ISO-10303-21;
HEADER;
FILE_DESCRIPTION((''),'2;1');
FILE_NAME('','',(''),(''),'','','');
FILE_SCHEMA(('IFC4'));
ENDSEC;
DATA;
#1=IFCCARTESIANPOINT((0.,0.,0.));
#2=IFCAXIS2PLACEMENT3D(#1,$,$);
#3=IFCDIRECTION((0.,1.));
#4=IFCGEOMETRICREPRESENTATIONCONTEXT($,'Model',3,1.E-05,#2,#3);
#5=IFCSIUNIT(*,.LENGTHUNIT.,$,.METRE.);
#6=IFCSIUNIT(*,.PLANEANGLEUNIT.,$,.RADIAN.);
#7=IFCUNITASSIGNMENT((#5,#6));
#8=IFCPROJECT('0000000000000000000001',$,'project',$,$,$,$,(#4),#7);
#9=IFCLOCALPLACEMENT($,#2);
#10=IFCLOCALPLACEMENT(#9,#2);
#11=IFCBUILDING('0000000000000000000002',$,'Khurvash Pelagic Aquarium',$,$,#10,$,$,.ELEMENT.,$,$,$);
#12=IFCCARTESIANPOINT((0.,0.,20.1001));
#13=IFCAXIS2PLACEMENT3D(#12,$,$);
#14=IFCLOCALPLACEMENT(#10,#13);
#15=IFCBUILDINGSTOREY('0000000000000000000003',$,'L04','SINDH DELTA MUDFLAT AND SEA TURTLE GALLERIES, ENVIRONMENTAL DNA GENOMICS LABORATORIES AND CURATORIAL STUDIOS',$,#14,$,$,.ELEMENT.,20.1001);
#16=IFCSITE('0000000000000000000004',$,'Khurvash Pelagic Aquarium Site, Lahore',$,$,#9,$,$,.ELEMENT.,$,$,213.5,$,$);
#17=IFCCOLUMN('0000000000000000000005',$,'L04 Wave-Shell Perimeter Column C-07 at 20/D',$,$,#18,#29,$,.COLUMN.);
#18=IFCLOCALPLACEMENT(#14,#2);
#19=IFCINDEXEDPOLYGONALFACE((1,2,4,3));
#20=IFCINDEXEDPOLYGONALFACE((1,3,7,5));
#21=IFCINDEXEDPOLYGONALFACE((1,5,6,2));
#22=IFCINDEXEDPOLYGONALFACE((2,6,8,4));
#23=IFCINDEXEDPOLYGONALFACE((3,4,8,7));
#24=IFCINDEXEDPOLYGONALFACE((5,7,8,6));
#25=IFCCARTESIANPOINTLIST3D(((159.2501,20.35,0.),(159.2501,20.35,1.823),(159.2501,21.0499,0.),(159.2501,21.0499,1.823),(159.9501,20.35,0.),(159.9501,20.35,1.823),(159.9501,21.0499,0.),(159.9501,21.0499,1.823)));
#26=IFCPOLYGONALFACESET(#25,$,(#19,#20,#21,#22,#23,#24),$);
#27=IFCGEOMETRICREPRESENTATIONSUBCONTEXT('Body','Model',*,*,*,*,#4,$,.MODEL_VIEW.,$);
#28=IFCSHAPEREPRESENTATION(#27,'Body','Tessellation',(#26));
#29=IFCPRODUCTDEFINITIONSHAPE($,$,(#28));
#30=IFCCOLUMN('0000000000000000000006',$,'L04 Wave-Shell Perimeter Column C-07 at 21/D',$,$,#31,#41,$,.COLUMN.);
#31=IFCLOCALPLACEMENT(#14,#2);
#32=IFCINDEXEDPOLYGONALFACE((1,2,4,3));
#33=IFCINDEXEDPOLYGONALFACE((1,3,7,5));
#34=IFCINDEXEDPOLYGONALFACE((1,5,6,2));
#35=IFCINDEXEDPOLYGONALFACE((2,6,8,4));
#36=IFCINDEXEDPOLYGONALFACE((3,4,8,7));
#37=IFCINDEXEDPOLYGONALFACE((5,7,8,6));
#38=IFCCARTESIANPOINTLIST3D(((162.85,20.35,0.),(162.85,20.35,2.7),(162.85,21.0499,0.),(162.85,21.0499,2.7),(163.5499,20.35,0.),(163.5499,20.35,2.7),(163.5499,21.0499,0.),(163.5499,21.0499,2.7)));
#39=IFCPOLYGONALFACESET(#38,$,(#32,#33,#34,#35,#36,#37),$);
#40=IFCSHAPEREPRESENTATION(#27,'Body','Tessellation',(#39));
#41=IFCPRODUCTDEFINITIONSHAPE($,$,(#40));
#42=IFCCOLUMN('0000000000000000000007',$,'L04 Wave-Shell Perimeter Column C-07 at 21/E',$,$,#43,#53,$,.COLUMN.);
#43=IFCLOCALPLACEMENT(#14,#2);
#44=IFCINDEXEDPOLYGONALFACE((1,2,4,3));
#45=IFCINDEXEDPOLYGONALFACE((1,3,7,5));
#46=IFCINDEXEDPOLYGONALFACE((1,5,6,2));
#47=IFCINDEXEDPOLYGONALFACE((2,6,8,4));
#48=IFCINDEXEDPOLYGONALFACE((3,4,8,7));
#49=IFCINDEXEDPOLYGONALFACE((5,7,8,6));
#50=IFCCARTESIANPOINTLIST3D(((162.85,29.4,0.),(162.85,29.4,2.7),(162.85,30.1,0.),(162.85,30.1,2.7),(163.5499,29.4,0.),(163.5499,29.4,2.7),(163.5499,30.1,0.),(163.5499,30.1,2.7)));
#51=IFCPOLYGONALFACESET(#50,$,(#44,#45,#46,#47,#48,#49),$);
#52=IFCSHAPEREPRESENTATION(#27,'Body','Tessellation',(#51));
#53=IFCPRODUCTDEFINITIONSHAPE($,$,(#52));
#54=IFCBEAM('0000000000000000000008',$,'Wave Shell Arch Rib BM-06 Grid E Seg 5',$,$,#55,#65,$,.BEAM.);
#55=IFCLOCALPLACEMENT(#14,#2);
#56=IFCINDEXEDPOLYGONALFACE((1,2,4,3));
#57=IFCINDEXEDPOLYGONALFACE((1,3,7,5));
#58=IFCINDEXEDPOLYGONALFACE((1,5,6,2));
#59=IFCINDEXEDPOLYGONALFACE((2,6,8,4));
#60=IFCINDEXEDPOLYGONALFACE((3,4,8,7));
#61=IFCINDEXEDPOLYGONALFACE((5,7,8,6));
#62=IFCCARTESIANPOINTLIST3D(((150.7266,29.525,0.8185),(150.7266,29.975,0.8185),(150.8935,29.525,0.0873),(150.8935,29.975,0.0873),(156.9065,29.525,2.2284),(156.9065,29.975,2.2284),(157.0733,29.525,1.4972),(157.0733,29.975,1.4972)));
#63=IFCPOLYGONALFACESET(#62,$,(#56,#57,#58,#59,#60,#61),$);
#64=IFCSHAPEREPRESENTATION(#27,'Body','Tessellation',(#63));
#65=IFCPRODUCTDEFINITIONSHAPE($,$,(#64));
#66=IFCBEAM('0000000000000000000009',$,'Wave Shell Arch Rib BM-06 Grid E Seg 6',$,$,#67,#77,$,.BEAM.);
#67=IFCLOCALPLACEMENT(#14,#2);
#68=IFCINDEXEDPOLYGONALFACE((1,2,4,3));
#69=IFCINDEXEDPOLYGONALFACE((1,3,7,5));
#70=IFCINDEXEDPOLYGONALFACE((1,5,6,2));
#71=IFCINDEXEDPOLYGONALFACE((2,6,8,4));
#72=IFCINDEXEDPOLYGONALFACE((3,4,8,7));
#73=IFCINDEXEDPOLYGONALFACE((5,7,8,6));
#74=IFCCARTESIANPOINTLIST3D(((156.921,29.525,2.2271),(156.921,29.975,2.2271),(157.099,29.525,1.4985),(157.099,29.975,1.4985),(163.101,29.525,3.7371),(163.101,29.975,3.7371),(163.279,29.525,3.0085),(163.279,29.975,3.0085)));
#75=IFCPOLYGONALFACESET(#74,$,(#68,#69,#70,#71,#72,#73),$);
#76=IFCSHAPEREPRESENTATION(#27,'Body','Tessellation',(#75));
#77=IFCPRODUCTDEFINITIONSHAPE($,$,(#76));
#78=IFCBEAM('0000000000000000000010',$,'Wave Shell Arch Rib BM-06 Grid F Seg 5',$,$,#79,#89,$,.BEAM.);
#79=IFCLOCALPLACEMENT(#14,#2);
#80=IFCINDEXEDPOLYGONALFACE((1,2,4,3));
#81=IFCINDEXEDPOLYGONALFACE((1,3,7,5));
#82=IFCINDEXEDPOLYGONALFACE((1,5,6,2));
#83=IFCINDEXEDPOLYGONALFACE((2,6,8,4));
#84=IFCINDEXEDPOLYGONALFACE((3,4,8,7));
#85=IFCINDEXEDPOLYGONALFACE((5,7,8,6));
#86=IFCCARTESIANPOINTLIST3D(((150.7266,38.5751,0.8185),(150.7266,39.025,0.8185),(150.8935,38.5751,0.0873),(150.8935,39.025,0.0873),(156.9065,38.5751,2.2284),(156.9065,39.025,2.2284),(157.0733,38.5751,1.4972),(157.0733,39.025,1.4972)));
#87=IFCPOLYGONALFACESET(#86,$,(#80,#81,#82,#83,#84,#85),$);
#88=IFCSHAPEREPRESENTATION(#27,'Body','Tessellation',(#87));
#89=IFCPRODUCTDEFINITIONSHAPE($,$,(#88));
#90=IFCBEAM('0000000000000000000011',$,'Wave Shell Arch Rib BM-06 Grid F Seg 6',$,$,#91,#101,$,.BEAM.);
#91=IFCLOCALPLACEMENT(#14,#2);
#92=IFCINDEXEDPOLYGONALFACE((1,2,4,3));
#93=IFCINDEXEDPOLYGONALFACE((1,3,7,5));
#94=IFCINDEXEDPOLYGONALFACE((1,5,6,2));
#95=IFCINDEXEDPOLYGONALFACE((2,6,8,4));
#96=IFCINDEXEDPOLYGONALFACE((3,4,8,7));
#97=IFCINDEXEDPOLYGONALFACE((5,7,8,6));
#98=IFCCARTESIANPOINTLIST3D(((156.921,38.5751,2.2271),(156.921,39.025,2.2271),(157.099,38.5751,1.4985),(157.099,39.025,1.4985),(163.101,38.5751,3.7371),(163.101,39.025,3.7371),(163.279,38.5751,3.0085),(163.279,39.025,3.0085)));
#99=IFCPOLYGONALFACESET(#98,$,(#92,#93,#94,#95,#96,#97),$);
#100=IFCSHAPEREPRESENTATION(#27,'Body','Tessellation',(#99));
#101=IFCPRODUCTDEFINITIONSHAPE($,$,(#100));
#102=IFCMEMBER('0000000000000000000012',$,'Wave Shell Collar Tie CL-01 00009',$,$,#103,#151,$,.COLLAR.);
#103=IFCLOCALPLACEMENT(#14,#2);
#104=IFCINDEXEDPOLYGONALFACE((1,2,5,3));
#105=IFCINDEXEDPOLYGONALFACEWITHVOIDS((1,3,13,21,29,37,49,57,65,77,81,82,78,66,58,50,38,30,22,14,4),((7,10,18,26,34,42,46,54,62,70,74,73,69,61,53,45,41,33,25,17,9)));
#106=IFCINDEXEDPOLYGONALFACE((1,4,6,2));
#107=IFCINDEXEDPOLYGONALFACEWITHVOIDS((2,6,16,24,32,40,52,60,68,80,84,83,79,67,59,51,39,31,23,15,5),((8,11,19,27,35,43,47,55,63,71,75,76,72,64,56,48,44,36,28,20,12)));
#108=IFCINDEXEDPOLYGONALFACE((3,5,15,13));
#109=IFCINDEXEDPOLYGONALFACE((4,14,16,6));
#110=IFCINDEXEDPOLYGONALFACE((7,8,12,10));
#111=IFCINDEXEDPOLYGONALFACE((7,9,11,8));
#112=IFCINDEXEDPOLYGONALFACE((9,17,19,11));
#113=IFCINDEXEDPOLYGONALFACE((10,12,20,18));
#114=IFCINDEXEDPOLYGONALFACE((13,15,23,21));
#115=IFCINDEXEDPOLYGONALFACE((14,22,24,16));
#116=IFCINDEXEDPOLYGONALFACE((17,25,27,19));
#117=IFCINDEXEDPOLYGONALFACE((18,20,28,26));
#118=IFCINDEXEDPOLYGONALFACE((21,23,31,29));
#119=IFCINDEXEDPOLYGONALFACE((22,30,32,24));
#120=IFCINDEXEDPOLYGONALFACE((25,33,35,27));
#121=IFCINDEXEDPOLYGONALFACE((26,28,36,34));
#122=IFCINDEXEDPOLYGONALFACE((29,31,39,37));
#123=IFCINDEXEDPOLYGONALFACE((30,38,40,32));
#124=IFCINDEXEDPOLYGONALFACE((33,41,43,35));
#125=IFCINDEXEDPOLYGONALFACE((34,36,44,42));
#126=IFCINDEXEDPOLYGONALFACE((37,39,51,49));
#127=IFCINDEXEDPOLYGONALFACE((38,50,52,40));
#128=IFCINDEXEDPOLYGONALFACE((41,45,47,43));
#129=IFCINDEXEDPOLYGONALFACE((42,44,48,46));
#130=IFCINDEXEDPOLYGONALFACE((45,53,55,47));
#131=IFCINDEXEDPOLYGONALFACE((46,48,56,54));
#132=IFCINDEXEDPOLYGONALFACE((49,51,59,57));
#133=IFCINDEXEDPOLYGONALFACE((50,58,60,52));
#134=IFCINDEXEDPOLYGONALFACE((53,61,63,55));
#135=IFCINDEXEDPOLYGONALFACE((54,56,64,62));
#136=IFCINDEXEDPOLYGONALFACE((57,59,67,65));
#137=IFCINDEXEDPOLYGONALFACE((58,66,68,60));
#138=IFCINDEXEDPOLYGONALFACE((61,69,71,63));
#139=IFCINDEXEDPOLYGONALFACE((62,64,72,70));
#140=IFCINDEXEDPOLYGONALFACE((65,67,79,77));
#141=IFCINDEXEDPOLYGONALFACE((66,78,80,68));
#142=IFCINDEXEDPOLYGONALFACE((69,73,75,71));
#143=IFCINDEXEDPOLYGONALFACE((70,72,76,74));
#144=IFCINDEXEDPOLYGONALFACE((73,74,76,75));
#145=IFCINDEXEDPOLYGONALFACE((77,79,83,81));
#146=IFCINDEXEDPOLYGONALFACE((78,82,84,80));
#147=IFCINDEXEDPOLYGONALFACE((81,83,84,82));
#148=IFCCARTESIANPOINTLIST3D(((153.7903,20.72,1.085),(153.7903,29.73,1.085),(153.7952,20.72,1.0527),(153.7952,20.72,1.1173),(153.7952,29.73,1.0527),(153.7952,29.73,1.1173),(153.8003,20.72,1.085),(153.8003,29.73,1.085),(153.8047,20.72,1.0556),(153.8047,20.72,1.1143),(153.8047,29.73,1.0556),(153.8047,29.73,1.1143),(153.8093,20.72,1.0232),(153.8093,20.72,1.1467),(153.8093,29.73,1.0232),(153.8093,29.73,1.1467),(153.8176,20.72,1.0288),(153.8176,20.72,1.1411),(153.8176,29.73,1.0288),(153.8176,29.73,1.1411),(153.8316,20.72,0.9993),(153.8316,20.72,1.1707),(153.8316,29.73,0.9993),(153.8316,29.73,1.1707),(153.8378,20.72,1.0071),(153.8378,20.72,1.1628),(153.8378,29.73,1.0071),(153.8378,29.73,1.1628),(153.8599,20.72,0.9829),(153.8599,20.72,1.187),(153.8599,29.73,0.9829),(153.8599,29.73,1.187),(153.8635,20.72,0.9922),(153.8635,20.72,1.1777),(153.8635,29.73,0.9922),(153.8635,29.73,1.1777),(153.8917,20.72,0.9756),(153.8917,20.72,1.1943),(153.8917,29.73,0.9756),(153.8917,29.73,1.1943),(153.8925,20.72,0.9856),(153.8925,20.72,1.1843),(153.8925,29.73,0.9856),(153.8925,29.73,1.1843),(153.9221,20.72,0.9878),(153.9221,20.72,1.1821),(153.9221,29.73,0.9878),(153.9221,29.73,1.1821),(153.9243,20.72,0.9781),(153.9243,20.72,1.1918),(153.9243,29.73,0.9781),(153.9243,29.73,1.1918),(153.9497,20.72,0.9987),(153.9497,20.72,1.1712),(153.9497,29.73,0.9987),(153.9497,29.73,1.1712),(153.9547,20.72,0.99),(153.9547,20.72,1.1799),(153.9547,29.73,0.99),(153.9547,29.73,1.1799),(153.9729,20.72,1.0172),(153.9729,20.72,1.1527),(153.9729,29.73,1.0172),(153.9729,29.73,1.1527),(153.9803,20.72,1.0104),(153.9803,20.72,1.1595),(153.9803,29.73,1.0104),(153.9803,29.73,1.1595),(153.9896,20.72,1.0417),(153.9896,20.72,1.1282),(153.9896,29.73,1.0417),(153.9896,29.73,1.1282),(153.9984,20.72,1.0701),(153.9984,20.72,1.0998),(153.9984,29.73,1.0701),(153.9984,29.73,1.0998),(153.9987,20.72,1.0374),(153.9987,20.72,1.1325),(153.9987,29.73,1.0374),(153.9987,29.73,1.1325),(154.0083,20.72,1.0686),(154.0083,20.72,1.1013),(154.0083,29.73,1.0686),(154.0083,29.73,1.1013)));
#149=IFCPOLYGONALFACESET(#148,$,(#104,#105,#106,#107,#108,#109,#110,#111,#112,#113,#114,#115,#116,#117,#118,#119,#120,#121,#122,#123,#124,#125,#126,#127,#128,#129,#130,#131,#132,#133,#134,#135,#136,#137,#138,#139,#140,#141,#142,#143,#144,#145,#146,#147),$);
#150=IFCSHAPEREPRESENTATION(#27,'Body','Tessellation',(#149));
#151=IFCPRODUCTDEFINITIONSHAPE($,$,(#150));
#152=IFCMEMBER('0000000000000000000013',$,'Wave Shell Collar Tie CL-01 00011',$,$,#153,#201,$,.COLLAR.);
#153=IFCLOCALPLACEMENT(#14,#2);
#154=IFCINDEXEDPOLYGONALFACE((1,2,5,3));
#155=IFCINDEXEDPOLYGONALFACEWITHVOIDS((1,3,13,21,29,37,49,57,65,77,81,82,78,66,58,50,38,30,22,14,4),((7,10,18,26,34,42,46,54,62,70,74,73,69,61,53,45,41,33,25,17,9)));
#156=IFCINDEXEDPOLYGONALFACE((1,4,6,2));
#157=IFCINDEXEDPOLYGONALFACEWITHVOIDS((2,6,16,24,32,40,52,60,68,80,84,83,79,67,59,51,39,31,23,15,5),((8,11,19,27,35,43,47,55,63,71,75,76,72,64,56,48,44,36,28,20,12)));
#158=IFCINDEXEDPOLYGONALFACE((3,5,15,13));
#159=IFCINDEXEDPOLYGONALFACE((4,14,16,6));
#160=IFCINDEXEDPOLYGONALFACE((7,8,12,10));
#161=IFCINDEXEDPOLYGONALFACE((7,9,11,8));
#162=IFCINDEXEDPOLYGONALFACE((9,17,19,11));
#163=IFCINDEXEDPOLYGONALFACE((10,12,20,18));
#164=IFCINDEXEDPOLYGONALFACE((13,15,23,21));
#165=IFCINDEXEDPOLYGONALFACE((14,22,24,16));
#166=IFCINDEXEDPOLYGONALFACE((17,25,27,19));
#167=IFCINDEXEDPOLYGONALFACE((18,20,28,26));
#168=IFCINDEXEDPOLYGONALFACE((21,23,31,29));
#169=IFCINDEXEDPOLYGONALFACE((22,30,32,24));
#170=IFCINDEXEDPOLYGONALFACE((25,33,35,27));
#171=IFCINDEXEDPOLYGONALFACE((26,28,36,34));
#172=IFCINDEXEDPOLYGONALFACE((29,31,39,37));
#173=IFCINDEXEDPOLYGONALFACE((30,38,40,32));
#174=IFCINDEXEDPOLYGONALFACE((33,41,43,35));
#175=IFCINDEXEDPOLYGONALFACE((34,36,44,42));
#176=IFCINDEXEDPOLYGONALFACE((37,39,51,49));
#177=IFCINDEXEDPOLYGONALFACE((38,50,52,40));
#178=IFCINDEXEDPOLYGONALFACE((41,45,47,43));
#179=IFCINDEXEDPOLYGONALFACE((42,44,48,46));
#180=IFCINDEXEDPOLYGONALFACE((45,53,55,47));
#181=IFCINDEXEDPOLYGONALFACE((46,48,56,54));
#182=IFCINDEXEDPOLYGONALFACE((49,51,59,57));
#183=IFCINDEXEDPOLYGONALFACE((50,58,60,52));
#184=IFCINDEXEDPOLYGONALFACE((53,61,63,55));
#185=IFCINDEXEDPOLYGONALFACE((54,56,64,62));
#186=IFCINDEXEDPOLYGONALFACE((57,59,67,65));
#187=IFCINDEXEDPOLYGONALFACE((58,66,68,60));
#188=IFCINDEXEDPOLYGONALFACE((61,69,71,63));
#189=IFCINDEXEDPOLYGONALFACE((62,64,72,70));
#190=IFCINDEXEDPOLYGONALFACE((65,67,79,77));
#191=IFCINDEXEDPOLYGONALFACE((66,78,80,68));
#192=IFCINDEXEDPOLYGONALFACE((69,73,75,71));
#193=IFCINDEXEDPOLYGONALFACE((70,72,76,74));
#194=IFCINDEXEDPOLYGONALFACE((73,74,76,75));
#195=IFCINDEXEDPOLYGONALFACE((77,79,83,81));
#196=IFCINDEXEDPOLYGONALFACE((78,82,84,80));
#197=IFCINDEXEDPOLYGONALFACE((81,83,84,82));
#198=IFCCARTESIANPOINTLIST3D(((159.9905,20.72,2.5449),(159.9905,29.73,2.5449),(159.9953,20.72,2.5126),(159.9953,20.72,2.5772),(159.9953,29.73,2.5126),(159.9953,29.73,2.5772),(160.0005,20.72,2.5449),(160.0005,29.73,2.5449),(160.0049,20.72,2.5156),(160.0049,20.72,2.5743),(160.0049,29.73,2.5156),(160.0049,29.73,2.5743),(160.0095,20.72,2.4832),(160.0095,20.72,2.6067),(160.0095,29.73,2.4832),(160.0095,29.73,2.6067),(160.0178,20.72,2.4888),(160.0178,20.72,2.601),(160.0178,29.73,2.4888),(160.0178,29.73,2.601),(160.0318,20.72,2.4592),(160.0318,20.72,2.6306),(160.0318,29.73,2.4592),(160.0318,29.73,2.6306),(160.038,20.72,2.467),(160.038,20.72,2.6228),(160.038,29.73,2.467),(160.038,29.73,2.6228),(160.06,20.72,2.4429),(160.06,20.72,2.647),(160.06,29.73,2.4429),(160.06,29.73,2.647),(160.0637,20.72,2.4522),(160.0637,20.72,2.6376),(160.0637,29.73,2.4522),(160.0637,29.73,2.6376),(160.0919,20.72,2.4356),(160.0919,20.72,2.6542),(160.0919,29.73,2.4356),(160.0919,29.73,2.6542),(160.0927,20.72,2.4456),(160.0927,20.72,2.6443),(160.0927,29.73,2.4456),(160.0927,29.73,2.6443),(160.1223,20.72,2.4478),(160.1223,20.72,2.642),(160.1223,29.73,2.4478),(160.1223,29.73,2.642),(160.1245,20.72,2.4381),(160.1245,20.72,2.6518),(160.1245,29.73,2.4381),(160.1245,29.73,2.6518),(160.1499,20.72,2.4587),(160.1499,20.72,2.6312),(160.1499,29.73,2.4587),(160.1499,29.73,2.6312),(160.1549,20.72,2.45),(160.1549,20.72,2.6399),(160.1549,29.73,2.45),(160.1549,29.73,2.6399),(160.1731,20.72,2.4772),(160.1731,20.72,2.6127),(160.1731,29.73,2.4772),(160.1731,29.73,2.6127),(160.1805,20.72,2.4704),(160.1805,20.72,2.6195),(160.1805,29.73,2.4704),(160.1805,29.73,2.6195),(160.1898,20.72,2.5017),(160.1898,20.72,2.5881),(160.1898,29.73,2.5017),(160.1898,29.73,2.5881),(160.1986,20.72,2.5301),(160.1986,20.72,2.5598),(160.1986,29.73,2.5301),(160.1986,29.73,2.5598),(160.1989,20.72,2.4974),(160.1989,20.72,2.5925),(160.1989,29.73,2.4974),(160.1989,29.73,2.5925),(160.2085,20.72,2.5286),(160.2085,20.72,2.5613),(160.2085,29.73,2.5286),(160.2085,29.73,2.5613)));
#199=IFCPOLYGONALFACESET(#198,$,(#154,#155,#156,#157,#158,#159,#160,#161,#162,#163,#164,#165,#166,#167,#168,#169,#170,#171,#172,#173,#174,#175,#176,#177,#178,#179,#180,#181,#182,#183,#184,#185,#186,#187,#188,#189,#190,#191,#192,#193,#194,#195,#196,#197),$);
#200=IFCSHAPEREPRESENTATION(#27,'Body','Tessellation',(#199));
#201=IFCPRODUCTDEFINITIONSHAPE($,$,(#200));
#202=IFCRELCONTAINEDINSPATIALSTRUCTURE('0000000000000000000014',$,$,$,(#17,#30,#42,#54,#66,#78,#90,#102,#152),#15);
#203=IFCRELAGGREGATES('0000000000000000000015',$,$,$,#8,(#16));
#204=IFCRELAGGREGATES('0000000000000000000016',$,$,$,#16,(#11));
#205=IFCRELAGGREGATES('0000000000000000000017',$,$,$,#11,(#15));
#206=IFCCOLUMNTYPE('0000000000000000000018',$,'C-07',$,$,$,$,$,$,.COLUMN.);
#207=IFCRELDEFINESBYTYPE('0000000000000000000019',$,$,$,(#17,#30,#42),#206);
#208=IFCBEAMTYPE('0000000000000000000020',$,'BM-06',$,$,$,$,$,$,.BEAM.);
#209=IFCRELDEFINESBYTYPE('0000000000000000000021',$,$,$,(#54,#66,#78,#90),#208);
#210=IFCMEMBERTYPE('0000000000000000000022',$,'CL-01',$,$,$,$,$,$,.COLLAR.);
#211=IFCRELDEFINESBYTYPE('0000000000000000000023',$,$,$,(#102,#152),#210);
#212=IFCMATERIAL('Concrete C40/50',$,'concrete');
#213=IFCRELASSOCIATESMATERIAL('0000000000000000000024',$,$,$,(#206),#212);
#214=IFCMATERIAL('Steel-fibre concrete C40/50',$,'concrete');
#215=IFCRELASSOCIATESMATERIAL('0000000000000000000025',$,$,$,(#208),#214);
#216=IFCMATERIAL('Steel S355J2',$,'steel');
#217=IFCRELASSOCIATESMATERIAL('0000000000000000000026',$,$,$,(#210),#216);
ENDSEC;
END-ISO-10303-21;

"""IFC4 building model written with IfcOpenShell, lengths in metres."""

from ifc_helpers import new_model, si_unit, direction, frame, origin, origin_2d, place, context, subcontext, project, spatial, rectangle, hollow_circle, extrude, material, material_profile, profile_set, type_object, element, save


model = new_model("IFC4")

# Units and contexts
model_context = context("Model", 3, precision=1e-05, world=origin(), true_north=direction((0.0, 1.0)))
body_context = subcontext(model_context, "Body", "Model", "MODEL_VIEW")
ifc_project = project(units=[si_unit("LENGTHUNIT", "METRE"), si_unit("PLANEANGLEUNIT", "RADIAN")], contexts=[model_context])

# Site, building, storey
site_placement = place(None, origin())
site = spatial("IfcSite", under=ifc_project, at=site_placement, Name="Khurvash Pelagic Aquarium Site, Lahore", CompositionType="ELEMENT", RefElevation=213.5)
building_placement = place(site_placement, origin())
building = spatial("IfcBuilding", under=site, at=building_placement, Name="Khurvash Pelagic Aquarium", CompositionType="ELEMENT")
storey_placement = place(building_placement, frame((0.0, 0.0, 20.1001)))
storey = spatial("IfcBuildingStorey", under=building, at=storey_placement, Name="L04", Description="SINDH DELTA MUDFLAT AND SEA TURTLE GALLERIES, ENVIRONMENTAL DNA GENOMICS LABORATORIES AND CURATORIAL STUDIOS", CompositionType="ELEMENT", Elevation=20.1001)

# Columns
ifc_material_1 = material(Name="Concrete C40/50", Category="concrete")
ifc_material_profile_1 = material_profile(ifc_material_1, rectangle(XDim=0.7, YDim=0.7, at=origin_2d()), Name="RC700X700")
ifc_profile_set_1 = profile_set([ifc_material_profile_1], Name="Concrete C40/50")
column_type = type_object("IfcColumnType", Name="C-07", PredefinedType="COLUMN", material=ifc_profile_set_1)
column_placement = place(storey_placement, frame((159.6001, 20.7, 0.0), z_axis=(0.0, 0.0, 1.0), x_axis=(1.0, 0.0, 0.0)))
element("IfcColumn", 1, at=column_placement, inside=storey, type_object=column_type, Name="L04 Wave-Shell Perimeter Column C-07 at 20/D", PredefinedType="COLUMN", context=body_context, shape_type="SweptSolid", body=[
    extrude(rectangle(XDim=0.7, YDim=0.7, at=origin_2d()), origin(), (0.0, 0.0, 1.0), 1.823),
])
for number, where, z_axis, x_axis, name in (
    (2, (163.2, 20.7, 0.0), (0.0, 0.0, 1.0), (1.0, 0.0, 0.0), "L04 Wave-Shell Perimeter Column C-07 at 21/D"),
    (3, (163.2, 29.75, 0.0), (0.0, 0.0, 1.0), (1.0, 0.0, 0.0), "L04 Wave-Shell Perimeter Column C-07 at 21/E"),
):
    element("IfcColumn", number, at=place(storey_placement, frame(where, z_axis=z_axis, x_axis=x_axis)), inside=storey, type_object=column_type, Name=name, PredefinedType="COLUMN", context=body_context, shape_type="SweptSolid", body=[
        extrude(rectangle(XDim=0.7, YDim=0.7, at=origin_2d()), origin(), (0.0, 0.0, 1.0), 2.7),
    ])

# Beams
ifc_material_2 = material(Name="Steel-fibre concrete C40/50", Category="concrete")
ifc_material_profile_2 = material_profile(ifc_material_2, rectangle(XDim=0.45, YDim=0.75, at=origin_2d()), Name="RC450X750")
ifc_profile_set_2 = profile_set([ifc_material_profile_2], Name="Steel-fibre concrete C40/50")
beam_type_1 = type_object("IfcBeamType", Name="BM-06", PredefinedType="BEAM", material=ifc_profile_set_2)
beam_1_placement = place(storey_placement, frame((150.8101, 29.75, 0.4529), z_axis=(0.974949, 0.0, 0.222428), x_axis=(0.0, 1.0, 0.0)))
element("IfcBeam", 4, at=beam_1_placement, inside=storey, type_object=beam_type_1, Name="Wave Shell Arch Rib BM-06 Grid E Seg 5", PredefinedType="BEAM", context=body_context, shape_type="SweptSolid", body=[
    extrude(rectangle(XDim=0.45, YDim=0.75, at=origin_2d()), origin(), (0.0, 0.0, 1.0), 6.3386),
])
beam_2_placement = place(storey_placement, frame((157.01, 29.75, 1.8628), z_axis=(0.971422, 0.0, 0.237358), x_axis=(0.0, 1.0, 0.0)))
element("IfcBeam", 5, at=beam_2_placement, inside=storey, type_object=beam_type_1, Name="Wave Shell Arch Rib BM-06 Grid E Seg 6", PredefinedType="BEAM", context=body_context, shape_type="SweptSolid", body=[
    extrude(rectangle(XDim=0.45, YDim=0.75, at=origin_2d()), origin(), (0.0, 0.0, 1.0), 6.3618),
])
beam_3_placement = place(storey_placement, frame((150.8101, 38.8, 0.4529), z_axis=(0.974949, 0.0, 0.222428), x_axis=(0.0, 1.0, 0.0)))
element("IfcBeam", 6, at=beam_3_placement, inside=storey, type_object=beam_type_1, Name="Wave Shell Arch Rib BM-06 Grid F Seg 5", PredefinedType="BEAM", context=body_context, shape_type="SweptSolid", body=[
    extrude(rectangle(XDim=0.45, YDim=0.75, at=origin_2d()), origin(), (0.0, 0.0, 1.0), 6.3386),
])
beam_4_placement = place(storey_placement, frame((157.01, 38.8, 1.8628), z_axis=(0.971422, 0.0, 0.237358), x_axis=(0.0, 1.0, 0.0)))
element("IfcBeam", 7, at=beam_4_placement, inside=storey, type_object=beam_type_1, Name="Wave Shell Arch Rib BM-06 Grid F Seg 6", PredefinedType="BEAM", context=body_context, shape_type="SweptSolid", body=[
    extrude(rectangle(XDim=0.45, YDim=0.75, at=origin_2d()), origin(), (0.0, 0.0, 1.0), 6.3618),
])

# Members
ifc_material_3 = material(Name="Steel S355J2", Category="steel")
ifc_material_profile_3 = material_profile(ifc_material_3, hollow_circle(Radius=0.1096, WallThickness=0.01, at=origin_2d()), Name="CHS219X10")
ifc_profile_set_3 = profile_set([ifc_material_profile_3], Name="Steel S355J2")
member_type_1 = type_object("IfcMemberType", Name="CL-01", PredefinedType="COLLAR", material=ifc_profile_set_3)
for number, where, z_axis, x_axis, name in (
    (8, (153.8999, 20.72, 1.085), (0.0, 1.0, 0.0), (-1.0, 0.0, 0.0), "Wave Shell Collar Tie CL-01 00009"),
    (9, (160.1001, 20.72, 2.5449), (0.0, 1.0, 0.0), (-1.0, 0.0, 0.0), "Wave Shell Collar Tie CL-01 00011"),
):
    element("IfcMember", number, at=place(storey_placement, frame(where, z_axis=z_axis, x_axis=x_axis)), inside=storey, type_object=member_type_1, Name=name, PredefinedType="COLLAR", context=body_context, shape_type="SweptSolid", body=[
        extrude(hollow_circle(Radius=0.1096, WallThickness=0.01, at=origin_2d()), origin(), (0.0, 0.0, 1.0), 9.01),
    ])

save(model, "model.ifc")
